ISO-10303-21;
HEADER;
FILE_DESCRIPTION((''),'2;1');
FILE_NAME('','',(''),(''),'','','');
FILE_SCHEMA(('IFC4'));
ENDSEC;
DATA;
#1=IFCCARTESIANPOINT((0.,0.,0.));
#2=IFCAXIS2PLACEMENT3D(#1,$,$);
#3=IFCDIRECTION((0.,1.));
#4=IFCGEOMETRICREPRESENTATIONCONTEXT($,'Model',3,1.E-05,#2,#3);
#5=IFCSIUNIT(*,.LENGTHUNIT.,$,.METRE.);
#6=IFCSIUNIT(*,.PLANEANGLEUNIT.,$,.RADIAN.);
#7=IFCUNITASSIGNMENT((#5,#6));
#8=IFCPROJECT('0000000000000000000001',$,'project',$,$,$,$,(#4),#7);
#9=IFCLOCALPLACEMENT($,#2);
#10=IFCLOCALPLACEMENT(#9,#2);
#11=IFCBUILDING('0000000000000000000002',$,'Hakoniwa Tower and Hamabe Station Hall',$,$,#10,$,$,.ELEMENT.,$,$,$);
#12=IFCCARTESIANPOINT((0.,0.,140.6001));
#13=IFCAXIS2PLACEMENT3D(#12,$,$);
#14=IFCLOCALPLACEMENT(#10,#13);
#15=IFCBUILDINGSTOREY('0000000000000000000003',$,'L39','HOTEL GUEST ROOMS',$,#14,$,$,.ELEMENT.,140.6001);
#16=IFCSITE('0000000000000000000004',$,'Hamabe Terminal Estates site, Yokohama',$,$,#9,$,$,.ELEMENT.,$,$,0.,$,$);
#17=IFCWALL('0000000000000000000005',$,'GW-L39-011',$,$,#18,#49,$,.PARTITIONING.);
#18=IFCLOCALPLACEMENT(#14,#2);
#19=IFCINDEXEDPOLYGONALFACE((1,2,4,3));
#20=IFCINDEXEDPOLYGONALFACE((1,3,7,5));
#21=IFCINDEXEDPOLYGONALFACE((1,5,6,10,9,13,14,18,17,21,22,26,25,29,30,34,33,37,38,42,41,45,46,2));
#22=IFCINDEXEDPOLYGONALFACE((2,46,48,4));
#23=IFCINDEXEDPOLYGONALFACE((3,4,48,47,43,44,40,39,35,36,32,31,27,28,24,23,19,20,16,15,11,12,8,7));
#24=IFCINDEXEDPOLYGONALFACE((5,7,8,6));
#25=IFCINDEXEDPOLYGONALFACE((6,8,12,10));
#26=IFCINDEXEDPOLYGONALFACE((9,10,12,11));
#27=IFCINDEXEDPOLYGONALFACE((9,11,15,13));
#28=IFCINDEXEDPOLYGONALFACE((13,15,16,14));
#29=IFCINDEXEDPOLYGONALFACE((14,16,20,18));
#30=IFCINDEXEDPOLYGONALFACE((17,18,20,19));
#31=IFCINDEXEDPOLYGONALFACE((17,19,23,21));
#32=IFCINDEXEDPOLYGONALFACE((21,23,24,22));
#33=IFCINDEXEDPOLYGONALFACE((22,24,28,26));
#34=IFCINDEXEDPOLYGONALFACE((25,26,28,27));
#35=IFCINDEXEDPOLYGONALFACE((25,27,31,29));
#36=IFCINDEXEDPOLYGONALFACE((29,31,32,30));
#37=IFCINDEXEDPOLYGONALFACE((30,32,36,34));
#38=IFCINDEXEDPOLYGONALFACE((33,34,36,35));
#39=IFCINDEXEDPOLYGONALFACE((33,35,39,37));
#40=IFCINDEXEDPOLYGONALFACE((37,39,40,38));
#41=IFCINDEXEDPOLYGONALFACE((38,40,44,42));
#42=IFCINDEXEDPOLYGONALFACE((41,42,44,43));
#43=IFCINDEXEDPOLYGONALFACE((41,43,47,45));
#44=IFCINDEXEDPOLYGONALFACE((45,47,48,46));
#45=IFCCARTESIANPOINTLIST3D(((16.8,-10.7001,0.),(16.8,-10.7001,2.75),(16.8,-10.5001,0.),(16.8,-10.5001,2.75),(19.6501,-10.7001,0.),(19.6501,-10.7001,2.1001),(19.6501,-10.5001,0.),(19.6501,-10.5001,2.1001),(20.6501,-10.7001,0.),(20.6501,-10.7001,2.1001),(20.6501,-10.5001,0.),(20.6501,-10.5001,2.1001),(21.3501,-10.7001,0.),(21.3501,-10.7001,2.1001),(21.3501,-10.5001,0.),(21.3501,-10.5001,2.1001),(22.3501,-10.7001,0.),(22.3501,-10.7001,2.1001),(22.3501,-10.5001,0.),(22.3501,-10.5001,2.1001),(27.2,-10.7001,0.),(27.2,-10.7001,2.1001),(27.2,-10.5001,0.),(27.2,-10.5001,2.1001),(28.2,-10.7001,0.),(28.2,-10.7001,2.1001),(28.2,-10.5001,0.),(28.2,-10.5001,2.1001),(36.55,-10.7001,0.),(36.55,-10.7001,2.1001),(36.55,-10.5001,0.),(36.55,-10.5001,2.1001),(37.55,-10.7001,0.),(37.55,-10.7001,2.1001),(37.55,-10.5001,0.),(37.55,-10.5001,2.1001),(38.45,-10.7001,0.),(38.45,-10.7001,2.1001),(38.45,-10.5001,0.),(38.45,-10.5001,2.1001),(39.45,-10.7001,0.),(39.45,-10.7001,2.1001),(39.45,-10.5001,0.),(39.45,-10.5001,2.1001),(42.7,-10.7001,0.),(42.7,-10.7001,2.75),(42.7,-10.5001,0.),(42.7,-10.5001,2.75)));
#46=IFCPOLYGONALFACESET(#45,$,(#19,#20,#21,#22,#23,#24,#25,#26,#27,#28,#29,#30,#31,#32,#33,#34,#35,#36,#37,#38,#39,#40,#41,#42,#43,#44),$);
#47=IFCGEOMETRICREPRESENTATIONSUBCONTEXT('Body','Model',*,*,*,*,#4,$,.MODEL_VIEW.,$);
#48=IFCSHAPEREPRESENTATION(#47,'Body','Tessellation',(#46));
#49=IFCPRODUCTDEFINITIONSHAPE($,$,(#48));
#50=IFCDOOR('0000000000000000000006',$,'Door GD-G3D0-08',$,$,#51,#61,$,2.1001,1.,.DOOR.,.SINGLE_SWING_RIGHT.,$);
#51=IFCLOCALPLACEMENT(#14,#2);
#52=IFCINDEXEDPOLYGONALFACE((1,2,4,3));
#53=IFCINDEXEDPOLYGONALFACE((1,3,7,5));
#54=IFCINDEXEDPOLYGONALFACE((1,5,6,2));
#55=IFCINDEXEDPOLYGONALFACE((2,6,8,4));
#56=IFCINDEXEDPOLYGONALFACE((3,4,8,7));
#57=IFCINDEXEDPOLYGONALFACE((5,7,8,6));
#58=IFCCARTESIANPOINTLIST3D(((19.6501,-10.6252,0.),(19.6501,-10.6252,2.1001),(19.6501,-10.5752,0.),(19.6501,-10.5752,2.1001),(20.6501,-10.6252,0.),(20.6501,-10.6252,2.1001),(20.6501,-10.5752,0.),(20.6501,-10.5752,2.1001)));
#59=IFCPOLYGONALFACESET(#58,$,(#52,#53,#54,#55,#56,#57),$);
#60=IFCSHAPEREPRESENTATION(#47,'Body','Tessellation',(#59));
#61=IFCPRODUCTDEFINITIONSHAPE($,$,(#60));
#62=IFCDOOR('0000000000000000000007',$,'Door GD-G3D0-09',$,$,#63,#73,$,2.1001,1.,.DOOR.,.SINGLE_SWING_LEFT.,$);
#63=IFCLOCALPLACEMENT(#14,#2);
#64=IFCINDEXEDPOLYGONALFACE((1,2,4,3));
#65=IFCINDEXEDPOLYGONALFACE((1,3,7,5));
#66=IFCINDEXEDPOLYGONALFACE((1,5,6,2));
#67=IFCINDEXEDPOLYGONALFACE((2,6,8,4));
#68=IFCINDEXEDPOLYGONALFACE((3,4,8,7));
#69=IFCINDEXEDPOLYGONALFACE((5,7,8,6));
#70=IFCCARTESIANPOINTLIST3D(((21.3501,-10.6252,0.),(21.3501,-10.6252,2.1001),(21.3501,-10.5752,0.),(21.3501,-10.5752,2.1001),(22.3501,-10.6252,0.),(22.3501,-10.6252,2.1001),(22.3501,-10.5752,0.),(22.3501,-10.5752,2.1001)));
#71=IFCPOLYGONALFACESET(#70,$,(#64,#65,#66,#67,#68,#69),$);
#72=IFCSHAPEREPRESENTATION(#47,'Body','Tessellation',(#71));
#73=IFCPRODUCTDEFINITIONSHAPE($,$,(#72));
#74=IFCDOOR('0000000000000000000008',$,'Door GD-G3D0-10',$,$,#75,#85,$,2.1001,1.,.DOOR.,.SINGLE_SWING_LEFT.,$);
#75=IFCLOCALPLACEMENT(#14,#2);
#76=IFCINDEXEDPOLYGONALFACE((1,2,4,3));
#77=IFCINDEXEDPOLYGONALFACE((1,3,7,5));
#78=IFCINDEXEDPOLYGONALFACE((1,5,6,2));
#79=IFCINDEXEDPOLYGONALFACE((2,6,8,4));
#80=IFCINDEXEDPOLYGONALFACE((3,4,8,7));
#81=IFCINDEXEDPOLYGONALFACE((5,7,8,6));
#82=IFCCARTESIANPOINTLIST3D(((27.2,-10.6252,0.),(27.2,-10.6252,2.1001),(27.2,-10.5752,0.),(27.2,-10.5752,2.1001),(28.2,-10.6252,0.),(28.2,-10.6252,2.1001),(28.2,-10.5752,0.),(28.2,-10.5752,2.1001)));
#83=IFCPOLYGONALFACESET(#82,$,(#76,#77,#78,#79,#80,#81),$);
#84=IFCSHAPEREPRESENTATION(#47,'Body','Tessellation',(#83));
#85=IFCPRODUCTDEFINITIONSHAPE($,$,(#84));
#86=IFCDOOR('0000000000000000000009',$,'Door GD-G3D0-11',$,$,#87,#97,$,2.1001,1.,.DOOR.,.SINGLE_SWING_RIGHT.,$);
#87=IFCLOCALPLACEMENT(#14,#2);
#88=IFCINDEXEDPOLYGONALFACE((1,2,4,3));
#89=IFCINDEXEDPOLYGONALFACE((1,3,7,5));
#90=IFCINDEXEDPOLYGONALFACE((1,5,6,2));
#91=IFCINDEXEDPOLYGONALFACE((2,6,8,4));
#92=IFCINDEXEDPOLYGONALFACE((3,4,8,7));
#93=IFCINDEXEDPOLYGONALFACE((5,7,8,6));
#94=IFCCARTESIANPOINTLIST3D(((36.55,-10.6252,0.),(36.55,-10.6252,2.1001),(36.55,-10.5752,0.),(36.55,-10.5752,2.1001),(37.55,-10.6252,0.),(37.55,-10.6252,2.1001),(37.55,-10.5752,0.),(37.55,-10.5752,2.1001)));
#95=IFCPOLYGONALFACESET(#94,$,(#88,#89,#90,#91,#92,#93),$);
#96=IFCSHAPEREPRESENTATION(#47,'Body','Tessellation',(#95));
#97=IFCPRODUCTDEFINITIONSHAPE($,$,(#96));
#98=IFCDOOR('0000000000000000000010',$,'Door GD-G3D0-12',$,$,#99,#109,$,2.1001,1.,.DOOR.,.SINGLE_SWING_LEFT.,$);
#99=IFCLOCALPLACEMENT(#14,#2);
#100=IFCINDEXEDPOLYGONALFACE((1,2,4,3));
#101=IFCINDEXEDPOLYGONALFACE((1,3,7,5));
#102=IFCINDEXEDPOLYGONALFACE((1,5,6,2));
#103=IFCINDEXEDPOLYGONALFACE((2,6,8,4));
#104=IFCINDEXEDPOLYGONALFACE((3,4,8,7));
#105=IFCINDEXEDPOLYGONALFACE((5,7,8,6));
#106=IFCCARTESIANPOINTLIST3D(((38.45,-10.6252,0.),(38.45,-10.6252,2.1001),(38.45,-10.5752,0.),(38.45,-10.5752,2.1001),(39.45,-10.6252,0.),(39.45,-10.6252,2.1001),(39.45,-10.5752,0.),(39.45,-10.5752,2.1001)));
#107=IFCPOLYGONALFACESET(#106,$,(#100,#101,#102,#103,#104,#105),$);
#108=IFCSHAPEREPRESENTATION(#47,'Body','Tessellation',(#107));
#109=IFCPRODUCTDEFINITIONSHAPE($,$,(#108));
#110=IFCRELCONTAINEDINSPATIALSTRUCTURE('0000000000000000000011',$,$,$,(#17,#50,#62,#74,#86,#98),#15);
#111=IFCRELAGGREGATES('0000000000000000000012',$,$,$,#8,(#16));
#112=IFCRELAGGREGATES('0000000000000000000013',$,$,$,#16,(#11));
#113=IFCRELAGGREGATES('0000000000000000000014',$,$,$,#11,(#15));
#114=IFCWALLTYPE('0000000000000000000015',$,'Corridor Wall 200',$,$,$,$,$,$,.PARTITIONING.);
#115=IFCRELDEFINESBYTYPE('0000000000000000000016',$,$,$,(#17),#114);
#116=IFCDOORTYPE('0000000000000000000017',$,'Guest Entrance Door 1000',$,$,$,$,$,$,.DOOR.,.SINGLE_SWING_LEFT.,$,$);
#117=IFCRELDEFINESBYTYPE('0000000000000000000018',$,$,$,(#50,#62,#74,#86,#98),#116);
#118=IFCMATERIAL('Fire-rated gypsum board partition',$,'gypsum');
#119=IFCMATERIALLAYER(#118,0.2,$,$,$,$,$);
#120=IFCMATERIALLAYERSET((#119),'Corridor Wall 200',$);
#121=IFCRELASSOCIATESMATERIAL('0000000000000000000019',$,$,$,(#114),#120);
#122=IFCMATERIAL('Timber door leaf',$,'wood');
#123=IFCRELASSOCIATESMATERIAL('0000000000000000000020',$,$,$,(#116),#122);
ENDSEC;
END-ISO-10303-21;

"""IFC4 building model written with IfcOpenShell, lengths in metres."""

from ifc_helpers import new_model, si_unit, direction, frame, frame_2d, origin, place, context, subcontext, project, spatial, rectangle, extrude, material, layer, layer_set, type_object, element, fill, save


model = new_model("IFC4")

# Units and contexts
model_context = context("Model", 3, precision=1e-05, world=origin(), true_north=direction((0.0, 1.0)))
body_context = subcontext(model_context, "Body", "Model", "MODEL_VIEW")
ifc_project = project(units=[si_unit("LENGTHUNIT", "METRE"), si_unit("PLANEANGLEUNIT", "RADIAN")], contexts=[model_context])

# Site, building, storey
site_placement = place(None, origin())
site = spatial("IfcSite", under=ifc_project, at=site_placement, Name="Hamabe Terminal Estates site, Yokohama", CompositionType="ELEMENT", RefElevation=0.0)
building_placement = place(site_placement, origin())
building = spatial("IfcBuilding", under=site, at=building_placement, Name="Hakoniwa Tower and Hamabe Station Hall", CompositionType="ELEMENT")
storey_placement = place(building_placement, frame((0.0, 0.0, 140.6001)))
storey = spatial("IfcBuildingStorey", under=building, at=storey_placement, Name="L39", Description="HOTEL GUEST ROOMS", CompositionType="ELEMENT", Elevation=140.6001)

# Wall, openings, doors
ifc_material_1 = material(Name="Fire-rated gypsum board partition", Category="gypsum")
ifc_layer_1 = layer(ifc_material_1, 0.2)
ifc_layer_set_1 = layer_set([ifc_layer_1], Name="Corridor Wall 200")
wall_type_1 = type_object("IfcWallType", Name="Corridor Wall 200", PredefinedType="PARTITIONING", material=ifc_layer_set_1)
wall_1_placement = place(storey_placement, frame((16.8, -10.6001, 0.0), z_axis=(0.0, 0.0, 1.0), x_axis=(1.0, 0.0, 0.0)))
wall_1 = element("IfcWall", 1, at=wall_1_placement, inside=storey, type_object=wall_type_1, Name="GW-L39-011", PredefinedType="PARTITIONING", context=body_context, shape_type="SweptSolid", body=[
    extrude(rectangle(XDim=25.8999, YDim=0.2, at=frame_2d((12.95, 0.0))), origin(), (0.0, 0.0, 1.0), 2.75),
])
opening_1_placement = place(wall_1_placement, frame((2.8501, 0.0, 0.0)))
opening_1 = element("IfcOpeningElement", 2, at=opening_1_placement, cuts=wall_1, PredefinedType="OPENING", context=body_context, shape_type="SweptSolid", body=[
    extrude(rectangle(XDim=1.0, YDim=2.1001, at=frame_2d((0.5, 1.05))), frame((0.0, 0.1099, 0.0), z_axis=(0.0, -1.0, 0.0), x_axis=(1.0, 0.0, 0.0)), (0.0, 0.0, 1.0), 0.22),
])
opening_2_placement = place(wall_1_placement, frame((4.55, 0.0, 0.0)))
opening_2 = element("IfcOpeningElement", 3, at=opening_2_placement, cuts=wall_1, PredefinedType="OPENING", context=body_context, shape_type="SweptSolid", body=[
    extrude(rectangle(XDim=1.0, YDim=2.1001, at=frame_2d((0.5, 1.05))), frame((0.0, 0.1099, 0.0), z_axis=(0.0, -1.0, 0.0), x_axis=(1.0, 0.0, 0.0)), (0.0, 0.0, 1.0), 0.22),
])
opening_3_placement = place(wall_1_placement, frame((10.3999, 0.0, 0.0)))
opening_3 = element("IfcOpeningElement", 4, at=opening_3_placement, cuts=wall_1, PredefinedType="OPENING", context=body_context, shape_type="SweptSolid", body=[
    extrude(rectangle(XDim=1.0, YDim=2.1001, at=frame_2d((0.5, 1.05))), frame((0.0, 0.1099, 0.0), z_axis=(0.0, -1.0, 0.0), x_axis=(1.0, 0.0, 0.0)), (0.0, 0.0, 1.0), 0.22),
])
opening_4_placement = place(wall_1_placement, frame((19.75, 0.0, 0.0)))
opening_4 = element("IfcOpeningElement", 5, at=opening_4_placement, cuts=wall_1, PredefinedType="OPENING", context=body_context, shape_type="SweptSolid", body=[
    extrude(rectangle(XDim=1.0, YDim=2.1001, at=frame_2d((0.5, 1.05))), frame((0.0, 0.1099, 0.0), z_axis=(0.0, -1.0, 0.0), x_axis=(1.0, 0.0, 0.0)), (0.0, 0.0, 1.0), 0.22),
])
opening_5_placement = place(wall_1_placement, frame((21.6499, 0.0, 0.0)))
opening_5 = element("IfcOpeningElement", 6, at=opening_5_placement, cuts=wall_1, PredefinedType="OPENING", context=body_context, shape_type="SweptSolid", body=[
    extrude(rectangle(XDim=1.0, YDim=2.1001, at=frame_2d((0.5, 1.05))), frame((0.0, 0.1099, 0.0), z_axis=(0.0, -1.0, 0.0), x_axis=(1.0, 0.0, 0.0)), (0.0, 0.0, 1.0), 0.22),
])
ifc_material_2 = material(Name="Timber door leaf", Category="wood")
door_type_1 = type_object("IfcDoorType", Name="Guest Entrance Door 1000", OperationType="SINGLE_SWING_LEFT", PredefinedType="DOOR", material=ifc_material_2)
door_1_placement = place(opening_1_placement, origin())
door_1 = element("IfcDoor", 7, at=door_1_placement, inside=storey, type_object=door_type_1, Name="Door GD-G3D0-08", OperationType="SINGLE_SWING_RIGHT", OverallHeight=2.1001, OverallWidth=1.0, PredefinedType="DOOR", context=body_context, shape_type="SweptSolid", body=[
    extrude(rectangle(XDim=1.0, YDim=2.1001, at=frame_2d((0.5, 1.05))), frame((0.0, 0.0249, 0.0), z_axis=(0.0, -1.0, 0.0), x_axis=(1.0, 0.0, 0.0)), (0.0, 0.0, 1.0), 0.05),
])
fill(opening_1, door_1)
door_2_placement = place(opening_2_placement, origin())
door_2 = element("IfcDoor", 8, at=door_2_placement, inside=storey, type_object=door_type_1, Name="Door GD-G3D0-09", OperationType="SINGLE_SWING_LEFT", OverallHeight=2.1001, OverallWidth=1.0, PredefinedType="DOOR", context=body_context, shape_type="SweptSolid", body=[
    extrude(rectangle(XDim=1.0, YDim=2.1001, at=frame_2d((0.5, 1.05))), frame((0.0, 0.0249, 0.0), z_axis=(0.0, -1.0, 0.0), x_axis=(1.0, 0.0, 0.0)), (0.0, 0.0, 1.0), 0.05),
])
fill(opening_2, door_2)
door_3_placement = place(opening_3_placement, origin())
door_3 = element("IfcDoor", 9, at=door_3_placement, inside=storey, type_object=door_type_1, Name="Door GD-G3D0-10", OperationType="SINGLE_SWING_LEFT", OverallHeight=2.1001, OverallWidth=1.0, PredefinedType="DOOR", context=body_context, shape_type="SweptSolid", body=[
    extrude(rectangle(XDim=1.0, YDim=2.1001, at=frame_2d((0.5, 1.05))), frame((0.0, 0.0249, 0.0), z_axis=(0.0, -1.0, 0.0), x_axis=(1.0, 0.0, 0.0)), (0.0, 0.0, 1.0), 0.05),
])
fill(opening_3, door_3)
door_4_placement = place(opening_4_placement, origin())
door_4 = element("IfcDoor", 10, at=door_4_placement, inside=storey, type_object=door_type_1, Name="Door GD-G3D0-11", OperationType="SINGLE_SWING_RIGHT", OverallHeight=2.1001, OverallWidth=1.0, PredefinedType="DOOR", context=body_context, shape_type="SweptSolid", body=[
    extrude(rectangle(XDim=1.0, YDim=2.1001, at=frame_2d((0.5, 1.05))), frame((0.0, 0.0249, 0.0), z_axis=(0.0, -1.0, 0.0), x_axis=(1.0, 0.0, 0.0)), (0.0, 0.0, 1.0), 0.05),
])
fill(opening_4, door_4)
door_5_placement = place(opening_5_placement, origin())
door_5 = element("IfcDoor", 11, at=door_5_placement, inside=storey, type_object=door_type_1, Name="Door GD-G3D0-12", OperationType="SINGLE_SWING_LEFT", OverallHeight=2.1001, OverallWidth=1.0, PredefinedType="DOOR", context=body_context, shape_type="SweptSolid", body=[
    extrude(rectangle(XDim=1.0, YDim=2.1001, at=frame_2d((0.5, 1.05))), frame((0.0, 0.0249, 0.0), z_axis=(0.0, -1.0, 0.0), x_axis=(1.0, 0.0, 0.0)), (0.0, 0.0, 1.0), 0.05),
])
fill(opening_5, door_5)

save(model, "model.ifc")
